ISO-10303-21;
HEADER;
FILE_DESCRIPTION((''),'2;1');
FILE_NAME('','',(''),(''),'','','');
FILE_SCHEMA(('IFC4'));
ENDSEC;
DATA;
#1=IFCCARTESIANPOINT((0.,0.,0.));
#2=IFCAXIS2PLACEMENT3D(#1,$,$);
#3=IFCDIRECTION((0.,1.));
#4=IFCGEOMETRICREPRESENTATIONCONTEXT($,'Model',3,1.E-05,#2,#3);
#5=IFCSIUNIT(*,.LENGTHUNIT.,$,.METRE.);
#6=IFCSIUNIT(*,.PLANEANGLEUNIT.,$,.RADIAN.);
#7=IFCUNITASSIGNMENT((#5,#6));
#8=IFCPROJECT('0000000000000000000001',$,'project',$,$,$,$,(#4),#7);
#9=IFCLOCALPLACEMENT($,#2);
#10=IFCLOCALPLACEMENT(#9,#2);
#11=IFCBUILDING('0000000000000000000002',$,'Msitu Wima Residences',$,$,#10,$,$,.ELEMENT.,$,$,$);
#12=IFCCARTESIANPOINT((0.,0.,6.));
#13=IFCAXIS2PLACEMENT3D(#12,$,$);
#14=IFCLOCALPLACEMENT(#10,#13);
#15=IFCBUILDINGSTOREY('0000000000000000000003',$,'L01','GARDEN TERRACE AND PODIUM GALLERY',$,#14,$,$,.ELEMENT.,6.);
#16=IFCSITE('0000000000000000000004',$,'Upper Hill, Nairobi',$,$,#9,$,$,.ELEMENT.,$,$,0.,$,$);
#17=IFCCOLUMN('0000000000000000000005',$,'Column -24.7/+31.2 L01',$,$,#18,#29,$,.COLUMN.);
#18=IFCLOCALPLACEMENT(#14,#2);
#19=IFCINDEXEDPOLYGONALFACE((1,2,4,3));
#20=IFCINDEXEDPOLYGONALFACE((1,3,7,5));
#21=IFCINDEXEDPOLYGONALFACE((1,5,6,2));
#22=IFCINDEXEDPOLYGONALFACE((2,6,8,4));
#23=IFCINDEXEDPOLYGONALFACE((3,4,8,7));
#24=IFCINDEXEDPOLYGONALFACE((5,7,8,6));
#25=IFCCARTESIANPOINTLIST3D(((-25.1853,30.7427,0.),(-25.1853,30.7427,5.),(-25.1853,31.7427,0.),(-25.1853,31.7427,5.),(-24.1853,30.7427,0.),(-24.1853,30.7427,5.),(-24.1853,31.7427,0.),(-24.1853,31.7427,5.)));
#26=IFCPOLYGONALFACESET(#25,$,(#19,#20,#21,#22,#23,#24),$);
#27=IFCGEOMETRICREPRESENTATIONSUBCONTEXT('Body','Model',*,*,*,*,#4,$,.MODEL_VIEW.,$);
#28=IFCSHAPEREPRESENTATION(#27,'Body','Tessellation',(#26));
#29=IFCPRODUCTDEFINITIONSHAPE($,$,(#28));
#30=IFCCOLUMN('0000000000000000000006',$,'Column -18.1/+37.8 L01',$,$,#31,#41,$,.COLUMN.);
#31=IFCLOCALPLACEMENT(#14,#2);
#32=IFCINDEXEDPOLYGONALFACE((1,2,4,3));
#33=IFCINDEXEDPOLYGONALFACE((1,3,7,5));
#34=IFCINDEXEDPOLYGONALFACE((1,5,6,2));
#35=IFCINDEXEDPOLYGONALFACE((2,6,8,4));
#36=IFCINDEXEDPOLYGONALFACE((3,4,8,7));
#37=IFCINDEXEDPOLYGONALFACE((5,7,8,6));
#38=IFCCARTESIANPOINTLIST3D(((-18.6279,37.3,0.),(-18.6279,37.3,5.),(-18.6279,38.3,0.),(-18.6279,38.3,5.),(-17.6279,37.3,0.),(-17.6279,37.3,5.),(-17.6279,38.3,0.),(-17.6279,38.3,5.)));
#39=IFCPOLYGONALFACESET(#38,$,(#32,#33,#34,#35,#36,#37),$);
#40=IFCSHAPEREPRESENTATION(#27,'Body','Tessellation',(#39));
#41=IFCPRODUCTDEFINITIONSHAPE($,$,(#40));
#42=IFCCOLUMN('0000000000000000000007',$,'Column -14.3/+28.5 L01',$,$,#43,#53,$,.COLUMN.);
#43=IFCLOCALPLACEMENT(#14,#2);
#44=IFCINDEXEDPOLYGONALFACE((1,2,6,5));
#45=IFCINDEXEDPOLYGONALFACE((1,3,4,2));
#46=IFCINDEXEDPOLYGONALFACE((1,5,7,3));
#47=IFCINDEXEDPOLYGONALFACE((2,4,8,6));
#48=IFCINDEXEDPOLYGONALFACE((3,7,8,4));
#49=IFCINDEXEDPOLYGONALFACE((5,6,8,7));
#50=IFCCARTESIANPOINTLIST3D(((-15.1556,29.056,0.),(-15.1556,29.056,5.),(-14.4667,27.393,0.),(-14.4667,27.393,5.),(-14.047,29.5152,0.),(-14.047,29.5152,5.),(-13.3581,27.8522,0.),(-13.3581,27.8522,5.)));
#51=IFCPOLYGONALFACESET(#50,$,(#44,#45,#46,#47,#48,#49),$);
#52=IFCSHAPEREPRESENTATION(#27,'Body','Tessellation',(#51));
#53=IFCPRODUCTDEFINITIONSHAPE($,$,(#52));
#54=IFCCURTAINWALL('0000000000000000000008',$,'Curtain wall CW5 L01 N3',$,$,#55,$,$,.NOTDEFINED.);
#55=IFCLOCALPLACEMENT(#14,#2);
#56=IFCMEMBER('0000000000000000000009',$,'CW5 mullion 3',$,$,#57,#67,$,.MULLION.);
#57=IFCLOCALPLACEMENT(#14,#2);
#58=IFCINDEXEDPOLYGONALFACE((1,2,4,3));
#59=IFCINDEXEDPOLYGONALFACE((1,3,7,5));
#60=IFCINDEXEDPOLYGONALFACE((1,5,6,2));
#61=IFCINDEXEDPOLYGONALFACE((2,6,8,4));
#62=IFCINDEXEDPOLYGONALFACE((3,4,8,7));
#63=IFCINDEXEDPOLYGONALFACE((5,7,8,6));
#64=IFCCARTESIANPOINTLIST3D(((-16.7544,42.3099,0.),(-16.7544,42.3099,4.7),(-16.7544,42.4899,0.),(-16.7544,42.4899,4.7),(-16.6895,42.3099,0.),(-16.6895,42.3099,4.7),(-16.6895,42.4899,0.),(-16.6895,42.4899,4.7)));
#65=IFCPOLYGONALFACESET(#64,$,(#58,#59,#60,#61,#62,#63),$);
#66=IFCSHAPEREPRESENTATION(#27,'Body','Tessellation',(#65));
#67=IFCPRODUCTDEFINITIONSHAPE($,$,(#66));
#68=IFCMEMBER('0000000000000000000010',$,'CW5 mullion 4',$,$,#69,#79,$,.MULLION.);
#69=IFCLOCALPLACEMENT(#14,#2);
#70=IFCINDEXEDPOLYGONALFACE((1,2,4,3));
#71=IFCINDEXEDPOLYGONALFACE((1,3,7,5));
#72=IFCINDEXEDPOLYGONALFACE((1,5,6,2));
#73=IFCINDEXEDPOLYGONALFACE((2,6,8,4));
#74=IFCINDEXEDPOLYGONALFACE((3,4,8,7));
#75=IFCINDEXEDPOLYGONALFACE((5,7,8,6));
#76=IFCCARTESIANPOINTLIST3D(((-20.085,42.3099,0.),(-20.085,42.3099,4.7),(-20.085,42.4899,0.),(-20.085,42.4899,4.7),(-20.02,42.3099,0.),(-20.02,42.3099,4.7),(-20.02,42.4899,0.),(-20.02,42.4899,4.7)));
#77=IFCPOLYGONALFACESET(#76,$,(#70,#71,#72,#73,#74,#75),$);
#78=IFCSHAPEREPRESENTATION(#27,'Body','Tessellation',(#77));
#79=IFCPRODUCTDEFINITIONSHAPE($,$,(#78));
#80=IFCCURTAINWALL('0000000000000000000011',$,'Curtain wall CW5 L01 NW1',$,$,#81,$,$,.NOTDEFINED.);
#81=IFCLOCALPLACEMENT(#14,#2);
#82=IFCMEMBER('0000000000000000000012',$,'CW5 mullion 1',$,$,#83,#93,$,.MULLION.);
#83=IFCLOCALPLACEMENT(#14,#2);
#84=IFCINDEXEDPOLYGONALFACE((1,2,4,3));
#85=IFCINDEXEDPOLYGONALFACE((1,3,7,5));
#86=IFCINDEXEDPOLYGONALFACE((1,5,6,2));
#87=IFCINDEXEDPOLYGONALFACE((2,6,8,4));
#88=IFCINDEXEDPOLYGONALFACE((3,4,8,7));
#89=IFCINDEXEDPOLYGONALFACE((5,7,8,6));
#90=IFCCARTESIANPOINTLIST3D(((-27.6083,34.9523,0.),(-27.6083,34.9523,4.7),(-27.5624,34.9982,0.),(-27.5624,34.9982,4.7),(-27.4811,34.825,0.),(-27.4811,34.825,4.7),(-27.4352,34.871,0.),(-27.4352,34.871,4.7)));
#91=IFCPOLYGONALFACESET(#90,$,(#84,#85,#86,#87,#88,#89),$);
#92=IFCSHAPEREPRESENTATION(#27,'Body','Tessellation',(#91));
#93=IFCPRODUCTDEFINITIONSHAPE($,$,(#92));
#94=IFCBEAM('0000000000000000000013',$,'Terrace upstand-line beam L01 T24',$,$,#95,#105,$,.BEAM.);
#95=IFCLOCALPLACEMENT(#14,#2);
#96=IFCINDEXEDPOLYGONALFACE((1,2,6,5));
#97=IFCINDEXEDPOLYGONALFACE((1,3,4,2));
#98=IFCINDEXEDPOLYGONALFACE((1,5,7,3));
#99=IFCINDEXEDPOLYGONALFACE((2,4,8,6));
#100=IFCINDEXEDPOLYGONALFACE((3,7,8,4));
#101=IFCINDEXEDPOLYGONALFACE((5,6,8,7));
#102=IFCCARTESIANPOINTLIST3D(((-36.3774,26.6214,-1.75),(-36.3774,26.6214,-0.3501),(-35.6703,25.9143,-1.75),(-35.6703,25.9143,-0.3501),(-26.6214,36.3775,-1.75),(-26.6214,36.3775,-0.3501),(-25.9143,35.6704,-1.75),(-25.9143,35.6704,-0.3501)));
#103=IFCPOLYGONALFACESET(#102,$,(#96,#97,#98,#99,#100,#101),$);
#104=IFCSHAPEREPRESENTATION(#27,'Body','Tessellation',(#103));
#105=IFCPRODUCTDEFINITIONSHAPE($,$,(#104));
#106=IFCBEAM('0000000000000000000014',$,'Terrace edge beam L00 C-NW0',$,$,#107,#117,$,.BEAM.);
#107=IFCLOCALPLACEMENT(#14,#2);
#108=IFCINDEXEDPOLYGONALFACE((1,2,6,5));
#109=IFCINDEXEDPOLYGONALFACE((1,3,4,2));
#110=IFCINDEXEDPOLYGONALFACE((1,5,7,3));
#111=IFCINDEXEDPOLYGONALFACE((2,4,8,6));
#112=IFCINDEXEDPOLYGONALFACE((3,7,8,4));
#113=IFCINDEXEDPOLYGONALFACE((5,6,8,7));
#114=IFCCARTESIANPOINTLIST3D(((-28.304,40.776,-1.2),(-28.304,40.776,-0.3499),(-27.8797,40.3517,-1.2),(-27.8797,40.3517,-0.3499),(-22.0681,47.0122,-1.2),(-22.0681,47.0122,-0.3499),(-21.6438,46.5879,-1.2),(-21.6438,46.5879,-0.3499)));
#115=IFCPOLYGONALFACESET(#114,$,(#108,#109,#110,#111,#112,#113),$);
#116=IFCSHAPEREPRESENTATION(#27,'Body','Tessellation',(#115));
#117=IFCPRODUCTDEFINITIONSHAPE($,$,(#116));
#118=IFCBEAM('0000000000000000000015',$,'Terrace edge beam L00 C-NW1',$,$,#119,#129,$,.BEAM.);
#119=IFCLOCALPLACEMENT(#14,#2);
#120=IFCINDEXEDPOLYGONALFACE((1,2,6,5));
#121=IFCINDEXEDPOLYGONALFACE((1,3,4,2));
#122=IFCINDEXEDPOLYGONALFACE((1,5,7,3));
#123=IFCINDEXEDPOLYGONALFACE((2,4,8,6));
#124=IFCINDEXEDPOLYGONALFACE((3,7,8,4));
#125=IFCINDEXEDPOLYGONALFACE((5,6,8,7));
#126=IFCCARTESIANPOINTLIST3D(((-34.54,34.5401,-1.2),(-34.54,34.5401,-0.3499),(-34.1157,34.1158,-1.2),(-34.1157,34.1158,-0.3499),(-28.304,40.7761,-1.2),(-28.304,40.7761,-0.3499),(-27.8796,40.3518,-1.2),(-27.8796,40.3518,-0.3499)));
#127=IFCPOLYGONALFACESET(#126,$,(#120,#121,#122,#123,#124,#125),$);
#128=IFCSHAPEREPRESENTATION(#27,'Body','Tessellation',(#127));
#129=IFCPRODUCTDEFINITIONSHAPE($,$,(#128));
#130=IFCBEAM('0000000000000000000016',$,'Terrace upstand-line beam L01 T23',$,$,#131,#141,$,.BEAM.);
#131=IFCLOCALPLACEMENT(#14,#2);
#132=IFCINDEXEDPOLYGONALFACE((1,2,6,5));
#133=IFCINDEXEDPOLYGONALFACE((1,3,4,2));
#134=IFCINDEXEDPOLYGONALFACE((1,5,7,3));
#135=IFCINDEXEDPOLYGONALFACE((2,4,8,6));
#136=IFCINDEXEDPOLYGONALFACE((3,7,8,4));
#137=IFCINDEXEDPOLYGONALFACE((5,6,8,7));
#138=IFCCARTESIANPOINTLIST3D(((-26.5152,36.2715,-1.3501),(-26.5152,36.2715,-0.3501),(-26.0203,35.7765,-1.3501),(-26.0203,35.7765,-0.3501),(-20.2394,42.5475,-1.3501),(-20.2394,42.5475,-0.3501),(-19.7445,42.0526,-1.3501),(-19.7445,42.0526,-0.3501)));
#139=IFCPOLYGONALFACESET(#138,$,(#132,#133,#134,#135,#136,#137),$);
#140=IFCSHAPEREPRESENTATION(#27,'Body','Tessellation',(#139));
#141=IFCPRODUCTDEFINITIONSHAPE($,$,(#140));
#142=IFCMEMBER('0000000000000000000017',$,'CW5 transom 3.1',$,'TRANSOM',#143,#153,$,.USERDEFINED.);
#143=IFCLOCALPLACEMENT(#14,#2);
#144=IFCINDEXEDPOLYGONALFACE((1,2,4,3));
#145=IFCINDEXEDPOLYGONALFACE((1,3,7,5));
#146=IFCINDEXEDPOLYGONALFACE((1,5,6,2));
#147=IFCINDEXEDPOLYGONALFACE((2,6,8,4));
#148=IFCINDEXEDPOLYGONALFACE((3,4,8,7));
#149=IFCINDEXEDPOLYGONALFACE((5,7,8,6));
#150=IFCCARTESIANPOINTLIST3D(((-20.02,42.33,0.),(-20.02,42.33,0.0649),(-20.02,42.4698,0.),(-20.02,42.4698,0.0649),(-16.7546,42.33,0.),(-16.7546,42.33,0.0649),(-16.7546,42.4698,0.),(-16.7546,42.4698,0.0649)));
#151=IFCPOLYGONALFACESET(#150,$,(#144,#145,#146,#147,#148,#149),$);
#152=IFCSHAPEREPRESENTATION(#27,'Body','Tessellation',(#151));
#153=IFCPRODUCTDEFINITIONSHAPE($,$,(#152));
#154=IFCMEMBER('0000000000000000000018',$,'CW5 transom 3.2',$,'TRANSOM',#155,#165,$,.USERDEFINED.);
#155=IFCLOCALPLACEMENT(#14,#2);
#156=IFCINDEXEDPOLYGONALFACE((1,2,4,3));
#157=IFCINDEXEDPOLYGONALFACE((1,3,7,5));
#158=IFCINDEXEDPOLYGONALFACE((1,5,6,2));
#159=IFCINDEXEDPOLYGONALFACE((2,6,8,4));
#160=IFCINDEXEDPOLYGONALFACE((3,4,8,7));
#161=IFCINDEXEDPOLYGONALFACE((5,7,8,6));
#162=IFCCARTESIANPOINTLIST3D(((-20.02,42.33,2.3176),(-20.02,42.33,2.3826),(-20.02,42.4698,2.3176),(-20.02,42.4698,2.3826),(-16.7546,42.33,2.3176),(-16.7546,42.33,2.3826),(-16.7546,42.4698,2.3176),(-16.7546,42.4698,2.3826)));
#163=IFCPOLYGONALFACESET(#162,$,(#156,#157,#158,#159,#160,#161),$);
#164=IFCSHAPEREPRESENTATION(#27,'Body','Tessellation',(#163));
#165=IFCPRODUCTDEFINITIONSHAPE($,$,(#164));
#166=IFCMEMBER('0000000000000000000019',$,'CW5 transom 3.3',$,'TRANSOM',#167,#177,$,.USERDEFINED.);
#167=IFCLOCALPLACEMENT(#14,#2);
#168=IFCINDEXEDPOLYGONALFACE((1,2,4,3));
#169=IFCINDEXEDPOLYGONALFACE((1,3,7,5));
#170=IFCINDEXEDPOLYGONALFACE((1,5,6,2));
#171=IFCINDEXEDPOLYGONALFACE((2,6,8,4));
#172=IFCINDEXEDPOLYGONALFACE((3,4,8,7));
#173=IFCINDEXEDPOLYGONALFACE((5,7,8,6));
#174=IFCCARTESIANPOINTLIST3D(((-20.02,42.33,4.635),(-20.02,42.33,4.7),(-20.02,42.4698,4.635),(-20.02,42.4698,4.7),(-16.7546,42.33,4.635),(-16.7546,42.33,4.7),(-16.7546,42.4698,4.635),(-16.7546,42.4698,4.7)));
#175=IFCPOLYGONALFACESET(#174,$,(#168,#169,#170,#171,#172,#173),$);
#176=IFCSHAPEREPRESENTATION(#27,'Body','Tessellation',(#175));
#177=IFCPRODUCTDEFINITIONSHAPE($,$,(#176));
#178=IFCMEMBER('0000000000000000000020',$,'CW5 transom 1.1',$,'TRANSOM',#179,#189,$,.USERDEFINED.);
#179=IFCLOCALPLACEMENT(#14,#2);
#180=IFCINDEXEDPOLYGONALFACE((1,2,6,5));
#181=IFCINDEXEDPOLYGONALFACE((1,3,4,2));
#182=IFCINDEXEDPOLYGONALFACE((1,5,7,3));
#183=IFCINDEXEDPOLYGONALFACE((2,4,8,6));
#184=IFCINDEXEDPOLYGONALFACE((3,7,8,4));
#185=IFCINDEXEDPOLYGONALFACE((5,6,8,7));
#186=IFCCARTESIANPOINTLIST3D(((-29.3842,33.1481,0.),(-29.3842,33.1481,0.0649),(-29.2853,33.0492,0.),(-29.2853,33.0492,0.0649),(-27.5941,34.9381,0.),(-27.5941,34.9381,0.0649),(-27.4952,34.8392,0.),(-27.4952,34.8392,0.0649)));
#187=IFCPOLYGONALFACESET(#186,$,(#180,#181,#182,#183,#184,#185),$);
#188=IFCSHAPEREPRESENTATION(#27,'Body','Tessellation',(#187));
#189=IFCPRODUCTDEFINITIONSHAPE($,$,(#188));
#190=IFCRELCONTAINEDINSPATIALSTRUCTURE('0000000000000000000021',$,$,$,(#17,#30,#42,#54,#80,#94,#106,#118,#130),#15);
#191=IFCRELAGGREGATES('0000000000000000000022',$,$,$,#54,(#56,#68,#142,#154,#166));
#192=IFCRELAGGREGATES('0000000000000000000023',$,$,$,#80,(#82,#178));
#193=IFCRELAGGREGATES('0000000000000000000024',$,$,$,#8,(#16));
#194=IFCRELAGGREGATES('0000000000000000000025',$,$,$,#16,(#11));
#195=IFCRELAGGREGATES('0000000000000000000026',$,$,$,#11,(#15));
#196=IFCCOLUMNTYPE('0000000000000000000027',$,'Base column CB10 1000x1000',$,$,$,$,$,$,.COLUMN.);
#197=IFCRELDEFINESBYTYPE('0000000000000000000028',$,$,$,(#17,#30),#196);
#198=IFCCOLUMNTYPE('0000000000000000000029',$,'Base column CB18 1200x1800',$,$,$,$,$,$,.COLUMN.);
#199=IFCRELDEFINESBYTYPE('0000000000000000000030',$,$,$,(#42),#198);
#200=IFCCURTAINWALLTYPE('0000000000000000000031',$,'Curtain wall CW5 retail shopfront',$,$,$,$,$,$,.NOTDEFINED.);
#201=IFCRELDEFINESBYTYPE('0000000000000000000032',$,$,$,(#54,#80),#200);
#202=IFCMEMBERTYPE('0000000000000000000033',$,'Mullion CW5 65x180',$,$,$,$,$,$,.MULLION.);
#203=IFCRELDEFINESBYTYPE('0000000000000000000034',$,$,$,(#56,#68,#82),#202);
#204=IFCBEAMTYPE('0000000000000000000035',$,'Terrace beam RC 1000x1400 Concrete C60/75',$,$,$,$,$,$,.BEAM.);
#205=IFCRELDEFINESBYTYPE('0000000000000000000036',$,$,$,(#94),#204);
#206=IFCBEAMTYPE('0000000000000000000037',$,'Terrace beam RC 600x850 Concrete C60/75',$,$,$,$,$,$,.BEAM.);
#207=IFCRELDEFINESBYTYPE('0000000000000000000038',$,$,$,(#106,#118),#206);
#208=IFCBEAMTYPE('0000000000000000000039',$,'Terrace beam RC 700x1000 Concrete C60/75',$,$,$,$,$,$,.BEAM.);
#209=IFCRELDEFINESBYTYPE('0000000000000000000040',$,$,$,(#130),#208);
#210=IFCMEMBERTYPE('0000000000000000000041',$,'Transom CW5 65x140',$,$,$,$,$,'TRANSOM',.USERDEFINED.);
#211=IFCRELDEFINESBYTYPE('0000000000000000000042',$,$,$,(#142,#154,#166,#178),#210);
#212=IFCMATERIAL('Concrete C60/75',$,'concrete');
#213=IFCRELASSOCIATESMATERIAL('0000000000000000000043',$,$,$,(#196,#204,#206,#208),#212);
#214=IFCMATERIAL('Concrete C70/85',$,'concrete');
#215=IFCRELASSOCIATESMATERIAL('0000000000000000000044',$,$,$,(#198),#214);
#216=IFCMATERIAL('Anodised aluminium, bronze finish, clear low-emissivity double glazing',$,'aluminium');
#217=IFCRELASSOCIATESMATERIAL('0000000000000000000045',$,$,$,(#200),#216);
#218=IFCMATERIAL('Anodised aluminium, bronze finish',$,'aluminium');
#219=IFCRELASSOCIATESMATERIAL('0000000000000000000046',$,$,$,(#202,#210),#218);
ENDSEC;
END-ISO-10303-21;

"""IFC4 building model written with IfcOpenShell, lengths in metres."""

from ifc_helpers import new_model, si_unit, direction, frame, origin, origin_2d, place, context, subcontext, project, spatial, rectangle, extrude, material, material_profile, profile_set, type_object, element, aggregate, save


model = new_model("IFC4")

# Units and contexts
model_context = context("Model", 3, precision=1e-05, world=origin(), true_north=direction((0.0, 1.0)))
body_context = subcontext(model_context, "Body", "Model", "MODEL_VIEW")
ifc_project = project(units=[si_unit("LENGTHUNIT", "METRE"), si_unit("PLANEANGLEUNIT", "RADIAN")], contexts=[model_context])

# Site, building, storey
site_placement = place(None, origin())
site = spatial("IfcSite", under=ifc_project, at=site_placement, Name="Upper Hill, Nairobi", CompositionType="ELEMENT", RefElevation=0.0)
building_placement = place(site_placement, origin())
building = spatial("IfcBuilding", under=site, at=building_placement, Name="Msitu Wima Residences", CompositionType="ELEMENT")
storey_placement = place(building_placement, frame((0.0, 0.0, 6.0)))
storey = spatial("IfcBuildingStorey", under=building, at=storey_placement, Name="L01", Description="GARDEN TERRACE AND PODIUM GALLERY", CompositionType="ELEMENT", Elevation=6.0)

# Columns
ifc_material_1 = material(Name="Concrete C60/75", Category="concrete")
ifc_material_profile_1 = material_profile(ifc_material_1, rectangle(XDim=1.0, YDim=1.0, at=origin_2d()), Name="RC 1000x1000")
ifc_profile_set_1 = profile_set([ifc_material_profile_1], Name="Concrete C60/75")
column_type_1 = type_object("IfcColumnType", Name="Base column CB10 1000x1000", PredefinedType="COLUMN", material=ifc_profile_set_1)
for number, where, z_axis, x_axis, name in (
    (1, (-24.6853, 31.2427, 0.0), (0.0, 0.0, 1.0), (1.0, 0.0, 0.0), "Column -24.7/+31.2 L01"),
    (2, (-18.1279, 37.8, 0.0), (0.0, 0.0, 1.0), (1.0, 0.0, 0.0), "Column -18.1/+37.8 L01"),
):
    element("IfcColumn", number, at=place(storey_placement, frame(where, z_axis=z_axis, x_axis=x_axis)), inside=storey, type_object=column_type_1, Name=name, PredefinedType="COLUMN", context=body_context, shape_type="SweptSolid", body=[
        extrude(rectangle(XDim=1.0, YDim=1.0, at=origin_2d()), origin(), (0.0, 0.0, 1.0), 5.0),
    ])
ifc_material_2 = material(Name="Concrete C70/85", Category="concrete")
ifc_material_profile_2 = material_profile(ifc_material_2, rectangle(XDim=1.2, YDim=1.8, at=origin_2d()), Name="RC 1200x1800")
ifc_profile_set_2 = profile_set([ifc_material_profile_2], Name="Concrete C70/85")
column_type_2 = type_object("IfcColumnType", Name="Base column CB18 1200x1800", PredefinedType="COLUMN", material=ifc_profile_set_2)
column_placement = place(storey_placement, frame((-14.2568, 28.4541, 0.0), z_axis=(0.0, 0.0, 1.0), x_axis=(-0.92388, -0.382683, 0.0)))
element("IfcColumn", 3, at=column_placement, inside=storey, type_object=column_type_2, Name="Column -14.3/+28.5 L01", PredefinedType="COLUMN", context=body_context, shape_type="SweptSolid", body=[
    extrude(rectangle(XDim=1.2, YDim=1.8, at=origin_2d()), origin(), (0.0, 0.0, 1.0), 5.0),
])

# Curtain wall, members
ifc_material_3 = material(Name="Anodised aluminium, bronze finish, clear low-emissivity double glazing", Category="aluminium")
curtain_wall_type = type_object("IfcCurtainWallType", Name="Curtain wall CW5 retail shopfront", PredefinedType="NOTDEFINED", material=ifc_material_3)
curtain_wall_1_placement = place(storey_placement, origin())
curtain_wall_1 = element("IfcCurtainWall", 4, at=curtain_wall_1_placement, inside=storey, type_object=curtain_wall_type, Name="Curtain wall CW5 L01 N3", PredefinedType="NOTDEFINED")
ifc_material_4 = material(Name="Anodised aluminium, bronze finish", Category="aluminium")
ifc_material_profile_3 = material_profile(ifc_material_4, rectangle(XDim=0.1799, YDim=0.0649, at=origin_2d()), Name="Mullion 65x180")
ifc_profile_set_3 = profile_set([ifc_material_profile_3], Name="Anodised aluminium, bronze finish")
member_type_1 = type_object("IfcMemberType", Name="Mullion CW5 65x180", PredefinedType="MULLION", material=ifc_profile_set_3)
member_1_placement = place(storey_placement, frame((-16.7219, 42.3999, 0.0), z_axis=(0.0, 0.0, 1.0), x_axis=(0.0, -1.0, 0.0)))
member_1 = element("IfcMember", 5, at=member_1_placement, type_object=member_type_1, Name="CW5 mullion 3", PredefinedType="MULLION", context=body_context, shape_type="SweptSolid", body=[
    extrude(rectangle(XDim=0.1799, YDim=0.0649, at=origin_2d()), origin(), (0.0, 0.0, 1.0), 4.7),
])
member_2_placement = place(storey_placement, frame((-20.0525, 42.3999, 0.0), z_axis=(0.0, 0.0, 1.0), x_axis=(0.0, -1.0, 0.0)))
member_2 = element("IfcMember", 6, at=member_2_placement, type_object=member_type_1, Name="CW5 mullion 4", PredefinedType="MULLION", context=body_context, shape_type="SweptSolid", body=[
    extrude(rectangle(XDim=0.1799, YDim=0.0649, at=origin_2d()), origin(), (0.0, 0.0, 1.0), 4.7),
])

# Curtain wall, member
curtain_wall_2_placement = place(storey_placement, origin())
curtain_wall_2 = element("IfcCurtainWall", 7, at=curtain_wall_2_placement, inside=storey, type_object=curtain_wall_type, Name="Curtain wall CW5 L01 NW1", PredefinedType="NOTDEFINED")
member_3_placement = place(storey_placement, frame((-27.5217, 34.9116, 0.0), z_axis=(0.0, 0.0, 1.0), x_axis=(0.707107, -0.707107, 0.0)))
member_3 = element("IfcMember", 8, at=member_3_placement, type_object=member_type_1, Name="CW5 mullion 1", PredefinedType="MULLION", context=body_context, shape_type="SweptSolid", body=[
    extrude(rectangle(XDim=0.1799, YDim=0.0649, at=origin_2d()), origin(), (0.0, 0.0, 1.0), 4.7),
])

# Beams
ifc_material_profile_4 = material_profile(ifc_material_1, rectangle(XDim=1.0, YDim=1.3999, at=origin_2d()), Name="RC 1000x1400")
ifc_profile_set_4 = profile_set([ifc_material_profile_4], Name="Concrete C60/75")
beam_type_1 = type_object("IfcBeamType", Name="Terrace beam RC 1000x1400 Concrete C60/75", PredefinedType="BEAM", material=ifc_profile_set_4)
beam_1_placement = place(storey_placement, frame((-26.2678, 36.0239, -1.05), z_axis=(-0.707107, -0.707107, 0.0), x_axis=(0.707107, -0.707107, 0.0)))
element("IfcBeam", 9, at=beam_1_placement, inside=storey, type_object=beam_type_1, Name="Terrace upstand-line beam L01 T24", PredefinedType="BEAM", context=body_context, shape_type="SweptSolid", body=[
    extrude(rectangle(XDim=1.0, YDim=1.3999, at=origin_2d()), origin(), (0.0, 0.0, 1.0), 13.7971),
])
ifc_material_profile_5 = material_profile(ifc_material_1, rectangle(XDim=0.6001, YDim=0.8501, at=origin_2d()), Name="RC 600x850")
ifc_profile_set_5 = profile_set([ifc_material_profile_5], Name="Concrete C60/75")
beam_type_2 = type_object("IfcBeamType", Name="Terrace beam RC 600x850 Concrete C60/75", PredefinedType="BEAM", material=ifc_profile_set_5)
for number, where, z_axis, x_axis, name in (
    (10, (-21.856, 46.8, -0.7749), (-0.707093, -0.707121, 0.0), (0.707121, -0.707093, 0.0), "Terrace edge beam L00 C-NW0"),
    (11, (-28.0918, 40.564, -0.7749), (-0.707107, -0.707107, 0.0), (0.707107, -0.707107, 0.0), "Terrace edge beam L00 C-NW1"),
):
    element("IfcBeam", number, at=place(storey_placement, frame(where, z_axis=z_axis, x_axis=x_axis)), inside=storey, type_object=beam_type_2, Name=name, PredefinedType="BEAM", context=body_context, shape_type="SweptSolid", body=[
        extrude(rectangle(XDim=0.6001, YDim=0.8501, at=origin_2d()), origin(), (0.0, 0.0, 1.0), 8.8191),
    ])
ifc_material_profile_6 = material_profile(ifc_material_1, rectangle(XDim=0.7, YDim=1.0, at=origin_2d()), Name="RC 700x1000")
ifc_profile_set_6 = profile_set([ifc_material_profile_6], Name="Concrete C60/75")
beam_type_3 = type_object("IfcBeamType", Name="Terrace beam RC 700x1000 Concrete C60/75", PredefinedType="BEAM", material=ifc_profile_set_6)
beam_2_placement = place(storey_placement, frame((-19.9919, 42.3, -0.8501), z_axis=(-0.707093, -0.707121, 0.0), x_axis=(0.707121, -0.707093, 0.0)))
element("IfcBeam", 12, at=beam_2_placement, inside=storey, type_object=beam_type_3, Name="Terrace upstand-line beam L01 T23", PredefinedType="BEAM", context=body_context, shape_type="SweptSolid", body=[
    extrude(rectangle(XDim=0.7, YDim=1.0, at=origin_2d()), origin(), (0.0, 0.0, 1.0), 8.8755),
])

# Members
ifc_material_profile_7 = material_profile(ifc_material_4, rectangle(XDim=0.1399, YDim=0.0649, at=origin_2d()), Name="Transom 65x140")
ifc_profile_set_7 = profile_set([ifc_material_profile_7], Name="Anodised aluminium, bronze finish")
member_type_2 = type_object("IfcMemberType", Name="Transom CW5 65x140", ElementType="TRANSOM", PredefinedType="USERDEFINED", material=ifc_profile_set_7)
member_4_placement = place(storey_placement, frame((-16.7546, 42.3999, 0.0325), z_axis=(-1.0, 0.0, 0.0), x_axis=(0.0, -1.0, 0.0)))
member_4 = element("IfcMember", 13, at=member_4_placement, type_object=member_type_2, Name="CW5 transom 3.1", ObjectType="TRANSOM", PredefinedType="USERDEFINED", context=body_context, shape_type="SweptSolid", body=[
    extrude(rectangle(XDim=0.1399, YDim=0.0649, at=origin_2d()), origin(), (0.0, 0.0, 1.0), 3.2654),
])
member_5_placement = place(storey_placement, frame((-16.7546, 42.3999, 2.3501), z_axis=(-1.0, 0.0, 0.0), x_axis=(0.0, -1.0, 0.0)))
member_5 = element("IfcMember", 14, at=member_5_placement, type_object=member_type_2, Name="CW5 transom 3.2", ObjectType="TRANSOM", PredefinedType="USERDEFINED", context=body_context, shape_type="SweptSolid", body=[
    extrude(rectangle(XDim=0.1399, YDim=0.0649, at=origin_2d()), origin(), (0.0, 0.0, 1.0), 3.2654),
])
member_6_placement = place(storey_placement, frame((-16.7546, 42.3999, 4.6675), z_axis=(-1.0, 0.0, 0.0), x_axis=(0.0, -1.0, 0.0)))
member_6 = element("IfcMember", 15, at=member_6_placement, type_object=member_type_2, Name="CW5 transom 3.3", ObjectType="TRANSOM", PredefinedType="USERDEFINED", context=body_context, shape_type="SweptSolid", body=[
    extrude(rectangle(XDim=0.1399, YDim=0.0649, at=origin_2d()), origin(), (0.0, 0.0, 1.0), 3.2654),
])
member_7_placement = place(storey_placement, frame((-27.5447, 34.8887, 0.0325), z_axis=(-0.707107, -0.707107, 0.0), x_axis=(0.707107, -0.707107, 0.0)))
member_7 = element("IfcMember", 16, at=member_7_placement, type_object=member_type_2, Name="CW5 transom 1.1", ObjectType="TRANSOM", PredefinedType="USERDEFINED", context=body_context, shape_type="SweptSolid", body=[
    extrude(rectangle(XDim=0.1399, YDim=0.0649, at=origin_2d()), origin(), (0.0, 0.0, 1.0), 2.5315),
])

aggregate(curtain_wall_1, [member_1, member_2, member_4, member_5, member_6])
aggregate(curtain_wall_2, [member_3, member_7])

save(model, "model.ifc")
